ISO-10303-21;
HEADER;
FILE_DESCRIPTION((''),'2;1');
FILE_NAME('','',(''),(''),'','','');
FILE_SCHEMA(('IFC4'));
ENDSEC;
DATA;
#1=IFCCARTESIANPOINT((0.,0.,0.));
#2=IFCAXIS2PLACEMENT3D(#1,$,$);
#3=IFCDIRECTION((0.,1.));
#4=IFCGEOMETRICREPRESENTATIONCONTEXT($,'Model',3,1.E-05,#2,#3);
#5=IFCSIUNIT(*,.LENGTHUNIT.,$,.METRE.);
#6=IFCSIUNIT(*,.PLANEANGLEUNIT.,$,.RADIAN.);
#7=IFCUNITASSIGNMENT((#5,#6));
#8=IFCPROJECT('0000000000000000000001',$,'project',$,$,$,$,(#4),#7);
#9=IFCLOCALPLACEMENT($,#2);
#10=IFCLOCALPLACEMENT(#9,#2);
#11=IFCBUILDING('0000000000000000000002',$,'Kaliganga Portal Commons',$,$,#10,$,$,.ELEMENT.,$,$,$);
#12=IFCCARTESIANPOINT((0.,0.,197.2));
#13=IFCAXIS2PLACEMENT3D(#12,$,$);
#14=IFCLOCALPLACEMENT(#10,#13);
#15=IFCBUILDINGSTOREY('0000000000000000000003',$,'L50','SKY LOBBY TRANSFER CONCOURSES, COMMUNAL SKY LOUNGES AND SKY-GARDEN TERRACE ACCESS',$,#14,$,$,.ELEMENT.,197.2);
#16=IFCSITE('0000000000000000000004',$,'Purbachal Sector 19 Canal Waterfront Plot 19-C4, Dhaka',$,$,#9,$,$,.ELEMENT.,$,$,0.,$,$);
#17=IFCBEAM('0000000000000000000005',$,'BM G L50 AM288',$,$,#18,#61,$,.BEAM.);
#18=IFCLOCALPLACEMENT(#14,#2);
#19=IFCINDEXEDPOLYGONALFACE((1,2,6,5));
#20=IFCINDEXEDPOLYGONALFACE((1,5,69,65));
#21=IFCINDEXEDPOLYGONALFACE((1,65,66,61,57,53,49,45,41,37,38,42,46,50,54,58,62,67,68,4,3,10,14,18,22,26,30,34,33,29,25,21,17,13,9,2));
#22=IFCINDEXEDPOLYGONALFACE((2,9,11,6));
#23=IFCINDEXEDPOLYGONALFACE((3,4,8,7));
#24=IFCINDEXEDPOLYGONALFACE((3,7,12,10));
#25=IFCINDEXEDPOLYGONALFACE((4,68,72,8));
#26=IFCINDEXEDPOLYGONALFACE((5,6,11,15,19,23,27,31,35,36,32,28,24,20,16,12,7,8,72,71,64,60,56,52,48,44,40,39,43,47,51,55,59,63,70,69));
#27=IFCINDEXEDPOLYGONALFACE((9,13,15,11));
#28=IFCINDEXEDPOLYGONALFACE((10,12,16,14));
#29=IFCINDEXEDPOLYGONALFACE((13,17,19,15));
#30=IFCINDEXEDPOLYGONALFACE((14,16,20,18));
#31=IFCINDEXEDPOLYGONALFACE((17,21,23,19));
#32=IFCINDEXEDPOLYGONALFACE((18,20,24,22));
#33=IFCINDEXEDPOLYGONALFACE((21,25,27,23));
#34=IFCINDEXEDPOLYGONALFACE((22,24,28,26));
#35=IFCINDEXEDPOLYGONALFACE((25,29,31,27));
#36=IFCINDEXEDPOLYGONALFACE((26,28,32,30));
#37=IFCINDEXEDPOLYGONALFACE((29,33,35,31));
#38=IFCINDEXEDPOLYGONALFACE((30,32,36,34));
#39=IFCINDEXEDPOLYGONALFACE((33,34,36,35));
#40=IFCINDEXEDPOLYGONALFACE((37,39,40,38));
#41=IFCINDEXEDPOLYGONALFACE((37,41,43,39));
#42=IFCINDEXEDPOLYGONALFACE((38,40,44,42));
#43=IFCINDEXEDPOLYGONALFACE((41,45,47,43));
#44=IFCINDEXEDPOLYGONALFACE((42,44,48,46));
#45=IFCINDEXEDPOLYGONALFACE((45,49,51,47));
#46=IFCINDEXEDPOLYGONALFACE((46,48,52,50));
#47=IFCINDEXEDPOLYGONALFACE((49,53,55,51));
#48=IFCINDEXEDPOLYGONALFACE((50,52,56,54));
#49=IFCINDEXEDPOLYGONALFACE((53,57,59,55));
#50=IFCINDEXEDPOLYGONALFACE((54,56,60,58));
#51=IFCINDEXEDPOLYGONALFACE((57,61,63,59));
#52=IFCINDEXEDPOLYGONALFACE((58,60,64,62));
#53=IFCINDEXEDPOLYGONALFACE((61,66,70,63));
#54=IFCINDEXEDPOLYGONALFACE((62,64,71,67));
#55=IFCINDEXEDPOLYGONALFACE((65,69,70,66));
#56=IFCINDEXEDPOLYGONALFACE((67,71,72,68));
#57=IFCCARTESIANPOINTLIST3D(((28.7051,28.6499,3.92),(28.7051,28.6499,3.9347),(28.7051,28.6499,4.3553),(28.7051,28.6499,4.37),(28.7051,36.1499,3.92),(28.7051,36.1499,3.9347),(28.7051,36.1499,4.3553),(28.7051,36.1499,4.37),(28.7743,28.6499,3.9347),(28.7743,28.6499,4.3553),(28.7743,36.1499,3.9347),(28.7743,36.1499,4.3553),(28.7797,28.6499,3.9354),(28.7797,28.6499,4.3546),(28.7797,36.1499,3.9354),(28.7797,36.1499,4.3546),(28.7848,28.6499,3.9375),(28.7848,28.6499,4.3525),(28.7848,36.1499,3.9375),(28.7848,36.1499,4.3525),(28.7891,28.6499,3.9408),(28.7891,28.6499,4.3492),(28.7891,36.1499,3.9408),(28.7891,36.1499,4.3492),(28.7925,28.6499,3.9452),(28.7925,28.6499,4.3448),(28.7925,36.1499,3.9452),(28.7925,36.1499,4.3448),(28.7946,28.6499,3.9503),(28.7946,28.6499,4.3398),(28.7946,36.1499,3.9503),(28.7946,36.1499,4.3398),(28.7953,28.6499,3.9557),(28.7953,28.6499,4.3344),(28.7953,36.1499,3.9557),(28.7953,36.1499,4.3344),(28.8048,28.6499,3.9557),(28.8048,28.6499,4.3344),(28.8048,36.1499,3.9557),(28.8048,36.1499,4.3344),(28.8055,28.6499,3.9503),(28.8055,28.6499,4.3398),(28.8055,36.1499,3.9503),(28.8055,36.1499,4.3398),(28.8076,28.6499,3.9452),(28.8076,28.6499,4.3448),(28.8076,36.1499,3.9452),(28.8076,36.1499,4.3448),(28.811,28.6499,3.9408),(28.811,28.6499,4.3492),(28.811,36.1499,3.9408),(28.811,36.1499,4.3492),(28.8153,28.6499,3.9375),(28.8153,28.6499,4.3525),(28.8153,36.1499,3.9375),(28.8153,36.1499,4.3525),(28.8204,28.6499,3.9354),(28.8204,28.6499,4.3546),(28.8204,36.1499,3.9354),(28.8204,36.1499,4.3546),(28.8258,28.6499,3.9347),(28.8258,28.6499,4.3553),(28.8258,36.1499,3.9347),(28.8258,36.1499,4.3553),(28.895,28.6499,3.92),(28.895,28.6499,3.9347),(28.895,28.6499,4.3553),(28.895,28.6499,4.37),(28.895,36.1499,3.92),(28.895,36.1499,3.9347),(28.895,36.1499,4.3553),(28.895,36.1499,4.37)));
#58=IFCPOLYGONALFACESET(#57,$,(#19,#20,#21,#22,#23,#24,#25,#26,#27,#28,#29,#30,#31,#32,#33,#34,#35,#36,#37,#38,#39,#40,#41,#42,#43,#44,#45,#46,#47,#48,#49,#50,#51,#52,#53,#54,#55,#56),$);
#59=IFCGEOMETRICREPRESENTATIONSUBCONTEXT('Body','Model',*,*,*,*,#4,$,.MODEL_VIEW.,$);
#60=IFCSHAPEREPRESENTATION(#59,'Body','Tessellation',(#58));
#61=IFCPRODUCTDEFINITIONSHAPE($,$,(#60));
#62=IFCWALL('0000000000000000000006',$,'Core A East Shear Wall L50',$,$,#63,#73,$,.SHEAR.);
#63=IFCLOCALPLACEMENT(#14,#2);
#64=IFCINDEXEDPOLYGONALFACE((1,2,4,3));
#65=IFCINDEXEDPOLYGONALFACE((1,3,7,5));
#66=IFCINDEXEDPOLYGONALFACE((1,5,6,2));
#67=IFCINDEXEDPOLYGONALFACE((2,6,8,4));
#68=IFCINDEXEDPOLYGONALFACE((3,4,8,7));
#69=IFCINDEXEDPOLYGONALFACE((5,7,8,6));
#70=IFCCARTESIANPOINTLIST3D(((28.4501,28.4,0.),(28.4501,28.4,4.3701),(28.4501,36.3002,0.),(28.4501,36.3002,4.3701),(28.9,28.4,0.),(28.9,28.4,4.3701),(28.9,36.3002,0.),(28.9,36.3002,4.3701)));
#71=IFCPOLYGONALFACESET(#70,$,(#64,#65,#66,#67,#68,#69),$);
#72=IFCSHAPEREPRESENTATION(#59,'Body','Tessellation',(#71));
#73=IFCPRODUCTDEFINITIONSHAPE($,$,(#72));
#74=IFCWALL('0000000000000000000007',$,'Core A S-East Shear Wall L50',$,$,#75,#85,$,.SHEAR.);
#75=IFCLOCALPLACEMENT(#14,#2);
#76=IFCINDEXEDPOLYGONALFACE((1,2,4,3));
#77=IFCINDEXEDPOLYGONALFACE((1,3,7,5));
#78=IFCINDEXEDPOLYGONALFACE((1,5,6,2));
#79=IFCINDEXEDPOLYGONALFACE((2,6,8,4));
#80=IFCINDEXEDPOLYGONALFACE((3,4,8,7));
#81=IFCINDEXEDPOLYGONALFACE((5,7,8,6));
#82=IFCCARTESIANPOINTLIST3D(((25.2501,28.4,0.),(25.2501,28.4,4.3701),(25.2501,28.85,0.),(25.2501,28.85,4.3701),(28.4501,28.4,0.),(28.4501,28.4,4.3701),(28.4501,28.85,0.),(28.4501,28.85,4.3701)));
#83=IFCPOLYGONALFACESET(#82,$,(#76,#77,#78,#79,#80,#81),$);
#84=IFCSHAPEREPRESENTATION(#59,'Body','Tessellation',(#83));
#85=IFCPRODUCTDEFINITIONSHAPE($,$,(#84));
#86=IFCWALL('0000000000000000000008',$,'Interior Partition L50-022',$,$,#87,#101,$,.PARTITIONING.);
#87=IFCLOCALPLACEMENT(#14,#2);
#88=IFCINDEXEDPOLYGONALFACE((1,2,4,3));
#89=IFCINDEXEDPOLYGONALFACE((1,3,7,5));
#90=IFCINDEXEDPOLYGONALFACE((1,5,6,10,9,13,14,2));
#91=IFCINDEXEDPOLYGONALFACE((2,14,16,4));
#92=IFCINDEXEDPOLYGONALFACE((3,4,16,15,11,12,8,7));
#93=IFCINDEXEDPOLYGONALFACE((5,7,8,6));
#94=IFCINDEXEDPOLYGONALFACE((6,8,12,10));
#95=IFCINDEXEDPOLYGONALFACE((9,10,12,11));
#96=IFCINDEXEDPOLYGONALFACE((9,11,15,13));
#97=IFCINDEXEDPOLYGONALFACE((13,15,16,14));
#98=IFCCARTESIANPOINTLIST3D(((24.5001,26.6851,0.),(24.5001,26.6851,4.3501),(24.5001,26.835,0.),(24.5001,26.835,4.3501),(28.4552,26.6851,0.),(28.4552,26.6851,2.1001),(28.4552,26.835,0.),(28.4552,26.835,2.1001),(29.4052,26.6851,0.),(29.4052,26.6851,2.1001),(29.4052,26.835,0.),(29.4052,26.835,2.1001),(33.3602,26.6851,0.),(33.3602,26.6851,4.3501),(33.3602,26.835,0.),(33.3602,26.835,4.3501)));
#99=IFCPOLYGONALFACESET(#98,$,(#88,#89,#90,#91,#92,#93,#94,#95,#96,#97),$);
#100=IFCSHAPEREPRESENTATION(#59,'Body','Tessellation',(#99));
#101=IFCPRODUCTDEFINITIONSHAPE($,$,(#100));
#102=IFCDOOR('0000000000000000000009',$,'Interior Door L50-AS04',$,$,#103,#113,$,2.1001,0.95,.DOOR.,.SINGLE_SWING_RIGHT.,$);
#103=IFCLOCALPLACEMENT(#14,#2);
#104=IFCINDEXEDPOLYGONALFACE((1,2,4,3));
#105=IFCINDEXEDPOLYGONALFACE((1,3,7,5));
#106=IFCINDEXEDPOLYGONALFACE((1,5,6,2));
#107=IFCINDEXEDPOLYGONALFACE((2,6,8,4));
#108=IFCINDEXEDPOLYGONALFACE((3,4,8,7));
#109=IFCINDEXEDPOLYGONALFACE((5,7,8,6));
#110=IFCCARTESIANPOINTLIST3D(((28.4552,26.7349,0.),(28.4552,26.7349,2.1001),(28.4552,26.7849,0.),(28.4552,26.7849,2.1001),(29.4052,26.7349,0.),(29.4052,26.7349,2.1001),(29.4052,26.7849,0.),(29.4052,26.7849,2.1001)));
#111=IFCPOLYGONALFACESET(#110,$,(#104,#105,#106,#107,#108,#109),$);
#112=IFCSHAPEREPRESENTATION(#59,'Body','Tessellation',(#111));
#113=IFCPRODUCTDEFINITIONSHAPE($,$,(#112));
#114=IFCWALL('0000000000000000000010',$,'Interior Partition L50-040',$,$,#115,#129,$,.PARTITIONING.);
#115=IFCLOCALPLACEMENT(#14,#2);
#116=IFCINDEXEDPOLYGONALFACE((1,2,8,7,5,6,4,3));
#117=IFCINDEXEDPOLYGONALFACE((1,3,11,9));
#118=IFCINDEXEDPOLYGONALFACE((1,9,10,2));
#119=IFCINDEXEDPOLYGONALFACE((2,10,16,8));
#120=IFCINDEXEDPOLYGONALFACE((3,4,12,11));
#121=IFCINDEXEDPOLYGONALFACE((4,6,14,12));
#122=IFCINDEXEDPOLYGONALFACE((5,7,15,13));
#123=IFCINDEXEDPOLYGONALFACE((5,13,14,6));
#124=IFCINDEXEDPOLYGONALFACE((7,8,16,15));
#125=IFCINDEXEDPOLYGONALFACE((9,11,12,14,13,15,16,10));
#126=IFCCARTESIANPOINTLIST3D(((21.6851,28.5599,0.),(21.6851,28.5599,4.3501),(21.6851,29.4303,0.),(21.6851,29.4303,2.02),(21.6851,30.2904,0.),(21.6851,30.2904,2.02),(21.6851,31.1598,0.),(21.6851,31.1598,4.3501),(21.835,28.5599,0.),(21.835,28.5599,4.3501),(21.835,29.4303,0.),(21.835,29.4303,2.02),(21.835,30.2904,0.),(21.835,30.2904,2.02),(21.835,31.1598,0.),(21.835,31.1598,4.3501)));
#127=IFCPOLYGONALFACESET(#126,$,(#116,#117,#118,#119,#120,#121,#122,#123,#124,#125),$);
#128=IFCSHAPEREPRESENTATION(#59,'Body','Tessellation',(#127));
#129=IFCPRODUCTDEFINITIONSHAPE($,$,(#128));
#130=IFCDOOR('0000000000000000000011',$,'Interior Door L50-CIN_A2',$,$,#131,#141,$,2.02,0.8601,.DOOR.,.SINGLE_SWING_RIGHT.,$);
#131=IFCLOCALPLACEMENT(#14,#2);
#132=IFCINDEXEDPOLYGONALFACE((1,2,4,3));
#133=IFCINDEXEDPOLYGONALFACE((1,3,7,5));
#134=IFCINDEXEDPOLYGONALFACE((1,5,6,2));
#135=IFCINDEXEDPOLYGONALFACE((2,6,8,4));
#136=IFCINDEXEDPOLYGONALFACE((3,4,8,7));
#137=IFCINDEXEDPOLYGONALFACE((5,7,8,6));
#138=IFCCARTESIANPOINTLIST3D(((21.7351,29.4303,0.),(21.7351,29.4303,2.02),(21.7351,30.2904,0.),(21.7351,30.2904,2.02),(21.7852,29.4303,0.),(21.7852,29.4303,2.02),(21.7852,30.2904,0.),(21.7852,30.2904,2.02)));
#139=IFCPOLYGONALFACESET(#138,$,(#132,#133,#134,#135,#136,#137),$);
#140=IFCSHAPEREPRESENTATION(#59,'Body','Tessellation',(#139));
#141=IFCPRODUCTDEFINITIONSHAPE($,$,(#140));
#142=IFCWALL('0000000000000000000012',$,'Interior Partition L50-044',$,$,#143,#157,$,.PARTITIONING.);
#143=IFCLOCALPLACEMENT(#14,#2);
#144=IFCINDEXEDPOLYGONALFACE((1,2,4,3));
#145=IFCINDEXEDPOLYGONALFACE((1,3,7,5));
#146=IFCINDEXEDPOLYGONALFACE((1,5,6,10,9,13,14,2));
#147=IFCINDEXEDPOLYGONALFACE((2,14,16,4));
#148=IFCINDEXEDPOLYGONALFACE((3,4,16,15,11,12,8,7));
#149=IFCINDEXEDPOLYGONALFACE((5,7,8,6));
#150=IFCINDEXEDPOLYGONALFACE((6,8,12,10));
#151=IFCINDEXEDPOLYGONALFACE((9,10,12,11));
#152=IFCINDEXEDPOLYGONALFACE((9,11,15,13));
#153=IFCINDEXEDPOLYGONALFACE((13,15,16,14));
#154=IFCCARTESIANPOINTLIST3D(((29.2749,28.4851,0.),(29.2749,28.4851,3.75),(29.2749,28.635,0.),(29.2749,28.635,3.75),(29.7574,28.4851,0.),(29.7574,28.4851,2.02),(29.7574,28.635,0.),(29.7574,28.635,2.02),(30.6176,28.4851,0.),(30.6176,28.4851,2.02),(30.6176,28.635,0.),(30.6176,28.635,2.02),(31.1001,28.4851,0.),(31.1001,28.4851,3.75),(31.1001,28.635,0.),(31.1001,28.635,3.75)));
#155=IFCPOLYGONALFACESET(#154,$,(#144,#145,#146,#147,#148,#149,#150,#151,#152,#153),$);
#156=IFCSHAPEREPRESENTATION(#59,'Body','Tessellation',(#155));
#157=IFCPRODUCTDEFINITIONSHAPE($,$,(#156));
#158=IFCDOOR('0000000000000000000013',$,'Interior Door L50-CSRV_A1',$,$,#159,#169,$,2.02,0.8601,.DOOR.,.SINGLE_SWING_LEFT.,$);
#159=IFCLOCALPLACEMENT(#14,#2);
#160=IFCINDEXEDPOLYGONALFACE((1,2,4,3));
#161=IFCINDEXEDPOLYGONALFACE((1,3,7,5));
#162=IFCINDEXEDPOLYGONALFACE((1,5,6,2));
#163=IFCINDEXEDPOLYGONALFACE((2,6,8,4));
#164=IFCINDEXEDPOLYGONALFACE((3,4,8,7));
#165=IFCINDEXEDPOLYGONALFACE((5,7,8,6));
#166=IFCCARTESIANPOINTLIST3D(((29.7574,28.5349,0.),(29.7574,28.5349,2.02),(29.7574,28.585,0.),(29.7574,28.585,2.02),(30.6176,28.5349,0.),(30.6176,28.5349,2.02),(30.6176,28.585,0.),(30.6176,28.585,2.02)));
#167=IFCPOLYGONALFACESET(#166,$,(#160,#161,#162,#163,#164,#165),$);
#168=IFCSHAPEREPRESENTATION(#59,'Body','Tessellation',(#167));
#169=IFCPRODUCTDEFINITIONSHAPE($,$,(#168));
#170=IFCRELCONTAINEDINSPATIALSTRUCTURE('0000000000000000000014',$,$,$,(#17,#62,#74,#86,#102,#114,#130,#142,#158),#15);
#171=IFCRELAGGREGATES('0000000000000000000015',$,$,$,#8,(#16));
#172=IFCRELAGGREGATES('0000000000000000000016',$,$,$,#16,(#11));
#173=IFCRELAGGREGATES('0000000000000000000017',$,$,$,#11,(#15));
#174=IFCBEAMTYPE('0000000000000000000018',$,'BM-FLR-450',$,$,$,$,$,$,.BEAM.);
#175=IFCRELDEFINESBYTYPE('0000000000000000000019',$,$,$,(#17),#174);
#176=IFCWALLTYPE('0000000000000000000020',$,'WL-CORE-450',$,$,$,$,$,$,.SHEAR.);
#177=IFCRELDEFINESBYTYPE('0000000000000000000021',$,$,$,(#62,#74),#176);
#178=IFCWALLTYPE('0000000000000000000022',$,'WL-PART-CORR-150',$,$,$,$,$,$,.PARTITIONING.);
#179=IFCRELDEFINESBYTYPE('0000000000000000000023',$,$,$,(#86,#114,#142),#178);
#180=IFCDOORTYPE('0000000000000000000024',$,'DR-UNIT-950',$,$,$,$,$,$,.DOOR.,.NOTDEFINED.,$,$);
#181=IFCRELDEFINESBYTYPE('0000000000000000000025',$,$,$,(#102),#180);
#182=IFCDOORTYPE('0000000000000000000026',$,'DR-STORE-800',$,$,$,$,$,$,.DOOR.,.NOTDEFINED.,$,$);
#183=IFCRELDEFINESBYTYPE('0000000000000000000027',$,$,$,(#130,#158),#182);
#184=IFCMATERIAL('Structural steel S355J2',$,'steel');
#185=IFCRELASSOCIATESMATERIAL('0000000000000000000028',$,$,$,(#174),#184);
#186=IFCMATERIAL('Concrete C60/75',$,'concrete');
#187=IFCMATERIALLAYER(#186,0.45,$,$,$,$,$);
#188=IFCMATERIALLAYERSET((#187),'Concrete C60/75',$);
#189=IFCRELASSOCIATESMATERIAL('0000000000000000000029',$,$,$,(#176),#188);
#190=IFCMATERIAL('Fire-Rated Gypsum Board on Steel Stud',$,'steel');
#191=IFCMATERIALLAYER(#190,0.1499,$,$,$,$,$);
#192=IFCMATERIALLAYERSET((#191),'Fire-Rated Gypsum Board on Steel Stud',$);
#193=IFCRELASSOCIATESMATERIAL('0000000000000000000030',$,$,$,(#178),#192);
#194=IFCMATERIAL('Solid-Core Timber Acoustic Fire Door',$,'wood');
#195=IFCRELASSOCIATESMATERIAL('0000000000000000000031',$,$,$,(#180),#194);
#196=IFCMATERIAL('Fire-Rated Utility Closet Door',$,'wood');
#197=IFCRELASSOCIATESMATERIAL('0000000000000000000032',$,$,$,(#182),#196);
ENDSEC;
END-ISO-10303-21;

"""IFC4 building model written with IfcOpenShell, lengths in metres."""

from ifc_helpers import new_model, si_unit, direction, frame, frame_2d, origin, origin_2d, place, context, subcontext, project, spatial, rectangle, i_section, extrude, source, transform, mapped, material, layer, layer_set, material_profile, profile_set, type_object, element, fill, save


model = new_model("IFC4")

# Units and contexts
model_context = context("Model", 3, precision=1e-05, world=origin(), true_north=direction((0.0, 1.0)))
body_context = subcontext(model_context, "Body", "Model", "MODEL_VIEW")
ifc_project = project(units=[si_unit("LENGTHUNIT", "METRE"), si_unit("PLANEANGLEUNIT", "RADIAN")], contexts=[model_context])

# Site, building, storey
site_placement = place(None, origin())
site = spatial("IfcSite", under=ifc_project, at=site_placement, Name="Purbachal Sector 19 Canal Waterfront Plot 19-C4, Dhaka", CompositionType="ELEMENT", RefElevation=0.0)
building_placement = place(site_placement, origin())
building = spatial("IfcBuilding", under=site, at=building_placement, Name="Kaliganga Portal Commons", CompositionType="ELEMENT")
storey_placement = place(building_placement, frame((0.0, 0.0, 197.2)))
storey = spatial("IfcBuildingStorey", under=building, at=storey_placement, Name="L50", Description="SKY LOBBY TRANSFER CONCOURSES, COMMUNAL SKY LOUNGES AND SKY-GARDEN TERRACE ACCESS", CompositionType="ELEMENT", Elevation=197.2)

# Shared definitions
ifc_material_1 = material(Name="Structural steel S355J2", Category="steel")

# Beam
ifc_material_profile_1 = material_profile(ifc_material_1, i_section(OverallWidth=0.1899, OverallDepth=0.45, WebThickness=0.0095, FlangeThickness=0.0146, FilletRadius=0.021, at=origin_2d()), Name="IPE 450")
ifc_profile_set_1 = profile_set([ifc_material_profile_1], Name="Structural steel S355J2 wide-flange")
beam_type_1 = type_object("IfcBeamType", Name="BM-FLR-450", PredefinedType="BEAM", material=ifc_profile_set_1)
shared_shape_1 = source(origin(), body_context, "Body", "SweptSolid", [
    extrude(i_section(OverallWidth=0.1899, OverallDepth=0.45, WebThickness=0.0095, FlangeThickness=0.0146, FilletRadius=0.021, at=origin_2d()), origin(), (0.0, 0.0, 1.0), 7.5),
])
beam_1_placement = place(storey_placement, frame((28.8, 28.6499, 4.145), z_axis=(0.0, 1.0, 0.0), x_axis=(-1.0, 0.0, 0.0)))
element("IfcBeam", 1, at=beam_1_placement, inside=storey, type_object=beam_type_1, Name="BM G L50 AM288", PredefinedType="BEAM", context=body_context, shape_type="MappedRepresentation", body=[
    mapped(shared_shape_1, transform((0.0, 0.0, 0.0), x_axis=(1.0, 0.0, 0.0), y_axis=(0.0, 1.0, 0.0), z_axis=(0.0, 0.0, 1.0), scale=1.0)),
])

# Walls
ifc_material_2 = material(Name="Concrete C60/75", Category="concrete")
ifc_layer_1 = layer(ifc_material_2, 0.45)
ifc_layer_set_1 = layer_set([ifc_layer_1], Name="Concrete C60/75")
wall_type_1 = type_object("IfcWallType", Name="WL-CORE-450", PredefinedType="SHEAR", material=ifc_layer_set_1)
wall_1_placement = place(storey_placement, frame((28.675, 28.3999, 0.0), z_axis=(0.0, 0.0, 1.0), x_axis=(0.0, 1.0, 0.0)))
element("IfcWall", 2, at=wall_1_placement, inside=storey, type_object=wall_type_1, Name="Core A East Shear Wall L50", PredefinedType="SHEAR", context=body_context, shape_type="SweptSolid", body=[
    extrude(rectangle(XDim=7.9001, YDim=0.45, at=frame_2d((3.9502, 0.0))), origin(), (0.0, 0.0, 1.0), 4.3701),
])
wall_2_placement = place(storey_placement, frame((25.25, 28.625, 0.0), z_axis=(0.0, 0.0, 1.0), x_axis=(1.0, 0.0, 0.0)))
element("IfcWall", 3, at=wall_2_placement, inside=storey, type_object=wall_type_1, Name="Core A S-East Shear Wall L50", PredefinedType="SHEAR", context=body_context, shape_type="SweptSolid", body=[
    extrude(rectangle(XDim=3.2, YDim=0.45, at=frame_2d((1.6001, 0.0))), origin(), (0.0, 0.0, 1.0), 4.3701),
])

# Walls, openings, doors
ifc_material_3 = material(Name="Fire-Rated Gypsum Board on Steel Stud", Category="steel")
ifc_layer_2 = layer(ifc_material_3, 0.1499)
ifc_layer_set_2 = layer_set([ifc_layer_2], Name="Fire-Rated Gypsum Board on Steel Stud")
wall_type_2 = type_object("IfcWallType", Name="WL-PART-CORR-150", PredefinedType="PARTITIONING", material=ifc_layer_set_2)
wall_3_placement = place(storey_placement, frame((24.5, 26.76, 0.0), z_axis=(0.0, 0.0, 1.0), x_axis=(1.0, 0.0, 0.0)))
wall_3 = element("IfcWall", 4, at=wall_3_placement, inside=storey, type_object=wall_type_2, Name="Interior Partition L50-022", PredefinedType="PARTITIONING", context=body_context, shape_type="SweptSolid", body=[
    extrude(rectangle(XDim=8.8601, YDim=0.1499, at=frame_2d((4.4302, 0.0))), origin(), (0.0, 0.0, 1.0), 4.3501),
])
opening_1_placement = place(wall_3_placement, frame((3.9551, 0.0, 0.0)))
opening_1 = element("IfcOpeningElement", 5, at=opening_1_placement, cuts=wall_3, PredefinedType="OPENING", context=body_context, shape_type="SweptSolid", body=[
    extrude(rectangle(XDim=0.95, YDim=2.1001, at=frame_2d((0.4751, 1.05))), frame((0.0, 0.085, 0.0), z_axis=(0.0, -1.0, 0.0), x_axis=(1.0, 0.0, 0.0)), (0.0, 0.0, 1.0), 0.1699),
])
ifc_material_4 = material(Name="Solid-Core Timber Acoustic Fire Door", Category="wood")
door_type_1 = type_object("IfcDoorType", Name="DR-UNIT-950", OperationType="NOTDEFINED", PredefinedType="DOOR", material=ifc_material_4)
door_1_placement = place(opening_1_placement, origin())
door_1 = element("IfcDoor", 6, at=door_1_placement, inside=storey, type_object=door_type_1, Name="Interior Door L50-AS04", OperationType="SINGLE_SWING_RIGHT", OverallHeight=2.1001, OverallWidth=0.95, PredefinedType="DOOR", context=body_context, shape_type="SweptSolid", body=[
    extrude(rectangle(XDim=0.95, YDim=2.1001, at=frame_2d((0.4751, 1.05))), frame((0.0, 0.0249, 0.0), z_axis=(0.0, -1.0, 0.0), x_axis=(1.0, 0.0, 0.0)), (0.0, 0.0, 1.0), 0.05),
])
fill(opening_1, door_1)
wall_4_placement = place(storey_placement, frame((21.76, 28.5601, 0.0), z_axis=(0.0, 0.0, 1.0), x_axis=(0.0, 1.0, 0.0)))
wall_4 = element("IfcWall", 7, at=wall_4_placement, inside=storey, type_object=wall_type_2, Name="Interior Partition L50-040", PredefinedType="PARTITIONING", context=body_context, shape_type="SweptSolid", body=[
    extrude(rectangle(XDim=2.5999, YDim=0.1499, at=frame_2d((1.2998, 0.0))), origin(), (0.0, 0.0, 1.0), 4.3501),
])
opening_2_placement = place(wall_4_placement, frame((0.8701, 0.0, 0.0)))
opening_2 = element("IfcOpeningElement", 8, at=opening_2_placement, cuts=wall_4, PredefinedType="OPENING", context=body_context, shape_type="SweptSolid", body=[
    extrude(rectangle(XDim=0.8601, YDim=2.02, at=frame_2d((0.4302, 1.01))), frame((0.0, 0.085, 0.0), z_axis=(0.0, -1.0, 0.0), x_axis=(1.0, 0.0, 0.0)), (0.0, 0.0, 1.0), 0.1699),
])
ifc_material_5 = material(Name="Fire-Rated Utility Closet Door", Category="wood")
door_type_2 = type_object("IfcDoorType", Name="DR-STORE-800", OperationType="NOTDEFINED", PredefinedType="DOOR", material=ifc_material_5)
door_2_placement = place(opening_2_placement, origin())
door_2 = element("IfcDoor", 9, at=door_2_placement, inside=storey, type_object=door_type_2, Name="Interior Door L50-CIN_A2", OperationType="SINGLE_SWING_RIGHT", OverallHeight=2.02, OverallWidth=0.8601, PredefinedType="DOOR", context=body_context, shape_type="SweptSolid", body=[
    extrude(rectangle(XDim=0.8601, YDim=2.02, at=frame_2d((0.4302, 1.01))), frame((0.0, 0.0249, 0.0), z_axis=(0.0, -1.0, 0.0), x_axis=(1.0, 0.0, 0.0)), (0.0, 0.0, 1.0), 0.05),
])
fill(opening_2, door_2)
wall_5_placement = place(storey_placement, frame((29.2749, 28.5601, 0.0), z_axis=(0.0, 0.0, 1.0), x_axis=(1.0, 0.0, 0.0)))
wall_5 = element("IfcWall", 10, at=wall_5_placement, inside=storey, type_object=wall_type_2, Name="Interior Partition L50-044", PredefinedType="PARTITIONING", context=body_context, shape_type="SweptSolid", body=[
    extrude(rectangle(XDim=1.8252, YDim=0.1499, at=frame_2d((0.9126, 0.0))), origin(), (0.0, 0.0, 1.0), 3.75),
])
opening_3_placement = place(wall_5_placement, frame((0.4824, 0.0, 0.0)))
opening_3 = element("IfcOpeningElement", 11, at=opening_3_placement, cuts=wall_5, PredefinedType="OPENING", context=body_context, shape_type="SweptSolid", body=[
    extrude(rectangle(XDim=0.8601, YDim=2.02, at=frame_2d((0.4302, 1.01))), frame((0.0, 0.085, 0.0), z_axis=(0.0, -1.0, 0.0), x_axis=(1.0, 0.0, 0.0)), (0.0, 0.0, 1.0), 0.1699),
])
door_3_placement = place(opening_3_placement, origin())
door_3 = element("IfcDoor", 12, at=door_3_placement, inside=storey, type_object=door_type_2, Name="Interior Door L50-CSRV_A1", OperationType="SINGLE_SWING_LEFT", OverallHeight=2.02, OverallWidth=0.8601, PredefinedType="DOOR", context=body_context, shape_type="SweptSolid", body=[
    extrude(rectangle(XDim=0.8601, YDim=2.02, at=frame_2d((0.4302, 1.01))), frame((0.0, 0.0249, 0.0), z_axis=(0.0, -1.0, 0.0), x_axis=(1.0, 0.0, 0.0)), (0.0, 0.0, 1.0), 0.05),
])
fill(opening_3, door_3)

save(model, "model.ifc")
